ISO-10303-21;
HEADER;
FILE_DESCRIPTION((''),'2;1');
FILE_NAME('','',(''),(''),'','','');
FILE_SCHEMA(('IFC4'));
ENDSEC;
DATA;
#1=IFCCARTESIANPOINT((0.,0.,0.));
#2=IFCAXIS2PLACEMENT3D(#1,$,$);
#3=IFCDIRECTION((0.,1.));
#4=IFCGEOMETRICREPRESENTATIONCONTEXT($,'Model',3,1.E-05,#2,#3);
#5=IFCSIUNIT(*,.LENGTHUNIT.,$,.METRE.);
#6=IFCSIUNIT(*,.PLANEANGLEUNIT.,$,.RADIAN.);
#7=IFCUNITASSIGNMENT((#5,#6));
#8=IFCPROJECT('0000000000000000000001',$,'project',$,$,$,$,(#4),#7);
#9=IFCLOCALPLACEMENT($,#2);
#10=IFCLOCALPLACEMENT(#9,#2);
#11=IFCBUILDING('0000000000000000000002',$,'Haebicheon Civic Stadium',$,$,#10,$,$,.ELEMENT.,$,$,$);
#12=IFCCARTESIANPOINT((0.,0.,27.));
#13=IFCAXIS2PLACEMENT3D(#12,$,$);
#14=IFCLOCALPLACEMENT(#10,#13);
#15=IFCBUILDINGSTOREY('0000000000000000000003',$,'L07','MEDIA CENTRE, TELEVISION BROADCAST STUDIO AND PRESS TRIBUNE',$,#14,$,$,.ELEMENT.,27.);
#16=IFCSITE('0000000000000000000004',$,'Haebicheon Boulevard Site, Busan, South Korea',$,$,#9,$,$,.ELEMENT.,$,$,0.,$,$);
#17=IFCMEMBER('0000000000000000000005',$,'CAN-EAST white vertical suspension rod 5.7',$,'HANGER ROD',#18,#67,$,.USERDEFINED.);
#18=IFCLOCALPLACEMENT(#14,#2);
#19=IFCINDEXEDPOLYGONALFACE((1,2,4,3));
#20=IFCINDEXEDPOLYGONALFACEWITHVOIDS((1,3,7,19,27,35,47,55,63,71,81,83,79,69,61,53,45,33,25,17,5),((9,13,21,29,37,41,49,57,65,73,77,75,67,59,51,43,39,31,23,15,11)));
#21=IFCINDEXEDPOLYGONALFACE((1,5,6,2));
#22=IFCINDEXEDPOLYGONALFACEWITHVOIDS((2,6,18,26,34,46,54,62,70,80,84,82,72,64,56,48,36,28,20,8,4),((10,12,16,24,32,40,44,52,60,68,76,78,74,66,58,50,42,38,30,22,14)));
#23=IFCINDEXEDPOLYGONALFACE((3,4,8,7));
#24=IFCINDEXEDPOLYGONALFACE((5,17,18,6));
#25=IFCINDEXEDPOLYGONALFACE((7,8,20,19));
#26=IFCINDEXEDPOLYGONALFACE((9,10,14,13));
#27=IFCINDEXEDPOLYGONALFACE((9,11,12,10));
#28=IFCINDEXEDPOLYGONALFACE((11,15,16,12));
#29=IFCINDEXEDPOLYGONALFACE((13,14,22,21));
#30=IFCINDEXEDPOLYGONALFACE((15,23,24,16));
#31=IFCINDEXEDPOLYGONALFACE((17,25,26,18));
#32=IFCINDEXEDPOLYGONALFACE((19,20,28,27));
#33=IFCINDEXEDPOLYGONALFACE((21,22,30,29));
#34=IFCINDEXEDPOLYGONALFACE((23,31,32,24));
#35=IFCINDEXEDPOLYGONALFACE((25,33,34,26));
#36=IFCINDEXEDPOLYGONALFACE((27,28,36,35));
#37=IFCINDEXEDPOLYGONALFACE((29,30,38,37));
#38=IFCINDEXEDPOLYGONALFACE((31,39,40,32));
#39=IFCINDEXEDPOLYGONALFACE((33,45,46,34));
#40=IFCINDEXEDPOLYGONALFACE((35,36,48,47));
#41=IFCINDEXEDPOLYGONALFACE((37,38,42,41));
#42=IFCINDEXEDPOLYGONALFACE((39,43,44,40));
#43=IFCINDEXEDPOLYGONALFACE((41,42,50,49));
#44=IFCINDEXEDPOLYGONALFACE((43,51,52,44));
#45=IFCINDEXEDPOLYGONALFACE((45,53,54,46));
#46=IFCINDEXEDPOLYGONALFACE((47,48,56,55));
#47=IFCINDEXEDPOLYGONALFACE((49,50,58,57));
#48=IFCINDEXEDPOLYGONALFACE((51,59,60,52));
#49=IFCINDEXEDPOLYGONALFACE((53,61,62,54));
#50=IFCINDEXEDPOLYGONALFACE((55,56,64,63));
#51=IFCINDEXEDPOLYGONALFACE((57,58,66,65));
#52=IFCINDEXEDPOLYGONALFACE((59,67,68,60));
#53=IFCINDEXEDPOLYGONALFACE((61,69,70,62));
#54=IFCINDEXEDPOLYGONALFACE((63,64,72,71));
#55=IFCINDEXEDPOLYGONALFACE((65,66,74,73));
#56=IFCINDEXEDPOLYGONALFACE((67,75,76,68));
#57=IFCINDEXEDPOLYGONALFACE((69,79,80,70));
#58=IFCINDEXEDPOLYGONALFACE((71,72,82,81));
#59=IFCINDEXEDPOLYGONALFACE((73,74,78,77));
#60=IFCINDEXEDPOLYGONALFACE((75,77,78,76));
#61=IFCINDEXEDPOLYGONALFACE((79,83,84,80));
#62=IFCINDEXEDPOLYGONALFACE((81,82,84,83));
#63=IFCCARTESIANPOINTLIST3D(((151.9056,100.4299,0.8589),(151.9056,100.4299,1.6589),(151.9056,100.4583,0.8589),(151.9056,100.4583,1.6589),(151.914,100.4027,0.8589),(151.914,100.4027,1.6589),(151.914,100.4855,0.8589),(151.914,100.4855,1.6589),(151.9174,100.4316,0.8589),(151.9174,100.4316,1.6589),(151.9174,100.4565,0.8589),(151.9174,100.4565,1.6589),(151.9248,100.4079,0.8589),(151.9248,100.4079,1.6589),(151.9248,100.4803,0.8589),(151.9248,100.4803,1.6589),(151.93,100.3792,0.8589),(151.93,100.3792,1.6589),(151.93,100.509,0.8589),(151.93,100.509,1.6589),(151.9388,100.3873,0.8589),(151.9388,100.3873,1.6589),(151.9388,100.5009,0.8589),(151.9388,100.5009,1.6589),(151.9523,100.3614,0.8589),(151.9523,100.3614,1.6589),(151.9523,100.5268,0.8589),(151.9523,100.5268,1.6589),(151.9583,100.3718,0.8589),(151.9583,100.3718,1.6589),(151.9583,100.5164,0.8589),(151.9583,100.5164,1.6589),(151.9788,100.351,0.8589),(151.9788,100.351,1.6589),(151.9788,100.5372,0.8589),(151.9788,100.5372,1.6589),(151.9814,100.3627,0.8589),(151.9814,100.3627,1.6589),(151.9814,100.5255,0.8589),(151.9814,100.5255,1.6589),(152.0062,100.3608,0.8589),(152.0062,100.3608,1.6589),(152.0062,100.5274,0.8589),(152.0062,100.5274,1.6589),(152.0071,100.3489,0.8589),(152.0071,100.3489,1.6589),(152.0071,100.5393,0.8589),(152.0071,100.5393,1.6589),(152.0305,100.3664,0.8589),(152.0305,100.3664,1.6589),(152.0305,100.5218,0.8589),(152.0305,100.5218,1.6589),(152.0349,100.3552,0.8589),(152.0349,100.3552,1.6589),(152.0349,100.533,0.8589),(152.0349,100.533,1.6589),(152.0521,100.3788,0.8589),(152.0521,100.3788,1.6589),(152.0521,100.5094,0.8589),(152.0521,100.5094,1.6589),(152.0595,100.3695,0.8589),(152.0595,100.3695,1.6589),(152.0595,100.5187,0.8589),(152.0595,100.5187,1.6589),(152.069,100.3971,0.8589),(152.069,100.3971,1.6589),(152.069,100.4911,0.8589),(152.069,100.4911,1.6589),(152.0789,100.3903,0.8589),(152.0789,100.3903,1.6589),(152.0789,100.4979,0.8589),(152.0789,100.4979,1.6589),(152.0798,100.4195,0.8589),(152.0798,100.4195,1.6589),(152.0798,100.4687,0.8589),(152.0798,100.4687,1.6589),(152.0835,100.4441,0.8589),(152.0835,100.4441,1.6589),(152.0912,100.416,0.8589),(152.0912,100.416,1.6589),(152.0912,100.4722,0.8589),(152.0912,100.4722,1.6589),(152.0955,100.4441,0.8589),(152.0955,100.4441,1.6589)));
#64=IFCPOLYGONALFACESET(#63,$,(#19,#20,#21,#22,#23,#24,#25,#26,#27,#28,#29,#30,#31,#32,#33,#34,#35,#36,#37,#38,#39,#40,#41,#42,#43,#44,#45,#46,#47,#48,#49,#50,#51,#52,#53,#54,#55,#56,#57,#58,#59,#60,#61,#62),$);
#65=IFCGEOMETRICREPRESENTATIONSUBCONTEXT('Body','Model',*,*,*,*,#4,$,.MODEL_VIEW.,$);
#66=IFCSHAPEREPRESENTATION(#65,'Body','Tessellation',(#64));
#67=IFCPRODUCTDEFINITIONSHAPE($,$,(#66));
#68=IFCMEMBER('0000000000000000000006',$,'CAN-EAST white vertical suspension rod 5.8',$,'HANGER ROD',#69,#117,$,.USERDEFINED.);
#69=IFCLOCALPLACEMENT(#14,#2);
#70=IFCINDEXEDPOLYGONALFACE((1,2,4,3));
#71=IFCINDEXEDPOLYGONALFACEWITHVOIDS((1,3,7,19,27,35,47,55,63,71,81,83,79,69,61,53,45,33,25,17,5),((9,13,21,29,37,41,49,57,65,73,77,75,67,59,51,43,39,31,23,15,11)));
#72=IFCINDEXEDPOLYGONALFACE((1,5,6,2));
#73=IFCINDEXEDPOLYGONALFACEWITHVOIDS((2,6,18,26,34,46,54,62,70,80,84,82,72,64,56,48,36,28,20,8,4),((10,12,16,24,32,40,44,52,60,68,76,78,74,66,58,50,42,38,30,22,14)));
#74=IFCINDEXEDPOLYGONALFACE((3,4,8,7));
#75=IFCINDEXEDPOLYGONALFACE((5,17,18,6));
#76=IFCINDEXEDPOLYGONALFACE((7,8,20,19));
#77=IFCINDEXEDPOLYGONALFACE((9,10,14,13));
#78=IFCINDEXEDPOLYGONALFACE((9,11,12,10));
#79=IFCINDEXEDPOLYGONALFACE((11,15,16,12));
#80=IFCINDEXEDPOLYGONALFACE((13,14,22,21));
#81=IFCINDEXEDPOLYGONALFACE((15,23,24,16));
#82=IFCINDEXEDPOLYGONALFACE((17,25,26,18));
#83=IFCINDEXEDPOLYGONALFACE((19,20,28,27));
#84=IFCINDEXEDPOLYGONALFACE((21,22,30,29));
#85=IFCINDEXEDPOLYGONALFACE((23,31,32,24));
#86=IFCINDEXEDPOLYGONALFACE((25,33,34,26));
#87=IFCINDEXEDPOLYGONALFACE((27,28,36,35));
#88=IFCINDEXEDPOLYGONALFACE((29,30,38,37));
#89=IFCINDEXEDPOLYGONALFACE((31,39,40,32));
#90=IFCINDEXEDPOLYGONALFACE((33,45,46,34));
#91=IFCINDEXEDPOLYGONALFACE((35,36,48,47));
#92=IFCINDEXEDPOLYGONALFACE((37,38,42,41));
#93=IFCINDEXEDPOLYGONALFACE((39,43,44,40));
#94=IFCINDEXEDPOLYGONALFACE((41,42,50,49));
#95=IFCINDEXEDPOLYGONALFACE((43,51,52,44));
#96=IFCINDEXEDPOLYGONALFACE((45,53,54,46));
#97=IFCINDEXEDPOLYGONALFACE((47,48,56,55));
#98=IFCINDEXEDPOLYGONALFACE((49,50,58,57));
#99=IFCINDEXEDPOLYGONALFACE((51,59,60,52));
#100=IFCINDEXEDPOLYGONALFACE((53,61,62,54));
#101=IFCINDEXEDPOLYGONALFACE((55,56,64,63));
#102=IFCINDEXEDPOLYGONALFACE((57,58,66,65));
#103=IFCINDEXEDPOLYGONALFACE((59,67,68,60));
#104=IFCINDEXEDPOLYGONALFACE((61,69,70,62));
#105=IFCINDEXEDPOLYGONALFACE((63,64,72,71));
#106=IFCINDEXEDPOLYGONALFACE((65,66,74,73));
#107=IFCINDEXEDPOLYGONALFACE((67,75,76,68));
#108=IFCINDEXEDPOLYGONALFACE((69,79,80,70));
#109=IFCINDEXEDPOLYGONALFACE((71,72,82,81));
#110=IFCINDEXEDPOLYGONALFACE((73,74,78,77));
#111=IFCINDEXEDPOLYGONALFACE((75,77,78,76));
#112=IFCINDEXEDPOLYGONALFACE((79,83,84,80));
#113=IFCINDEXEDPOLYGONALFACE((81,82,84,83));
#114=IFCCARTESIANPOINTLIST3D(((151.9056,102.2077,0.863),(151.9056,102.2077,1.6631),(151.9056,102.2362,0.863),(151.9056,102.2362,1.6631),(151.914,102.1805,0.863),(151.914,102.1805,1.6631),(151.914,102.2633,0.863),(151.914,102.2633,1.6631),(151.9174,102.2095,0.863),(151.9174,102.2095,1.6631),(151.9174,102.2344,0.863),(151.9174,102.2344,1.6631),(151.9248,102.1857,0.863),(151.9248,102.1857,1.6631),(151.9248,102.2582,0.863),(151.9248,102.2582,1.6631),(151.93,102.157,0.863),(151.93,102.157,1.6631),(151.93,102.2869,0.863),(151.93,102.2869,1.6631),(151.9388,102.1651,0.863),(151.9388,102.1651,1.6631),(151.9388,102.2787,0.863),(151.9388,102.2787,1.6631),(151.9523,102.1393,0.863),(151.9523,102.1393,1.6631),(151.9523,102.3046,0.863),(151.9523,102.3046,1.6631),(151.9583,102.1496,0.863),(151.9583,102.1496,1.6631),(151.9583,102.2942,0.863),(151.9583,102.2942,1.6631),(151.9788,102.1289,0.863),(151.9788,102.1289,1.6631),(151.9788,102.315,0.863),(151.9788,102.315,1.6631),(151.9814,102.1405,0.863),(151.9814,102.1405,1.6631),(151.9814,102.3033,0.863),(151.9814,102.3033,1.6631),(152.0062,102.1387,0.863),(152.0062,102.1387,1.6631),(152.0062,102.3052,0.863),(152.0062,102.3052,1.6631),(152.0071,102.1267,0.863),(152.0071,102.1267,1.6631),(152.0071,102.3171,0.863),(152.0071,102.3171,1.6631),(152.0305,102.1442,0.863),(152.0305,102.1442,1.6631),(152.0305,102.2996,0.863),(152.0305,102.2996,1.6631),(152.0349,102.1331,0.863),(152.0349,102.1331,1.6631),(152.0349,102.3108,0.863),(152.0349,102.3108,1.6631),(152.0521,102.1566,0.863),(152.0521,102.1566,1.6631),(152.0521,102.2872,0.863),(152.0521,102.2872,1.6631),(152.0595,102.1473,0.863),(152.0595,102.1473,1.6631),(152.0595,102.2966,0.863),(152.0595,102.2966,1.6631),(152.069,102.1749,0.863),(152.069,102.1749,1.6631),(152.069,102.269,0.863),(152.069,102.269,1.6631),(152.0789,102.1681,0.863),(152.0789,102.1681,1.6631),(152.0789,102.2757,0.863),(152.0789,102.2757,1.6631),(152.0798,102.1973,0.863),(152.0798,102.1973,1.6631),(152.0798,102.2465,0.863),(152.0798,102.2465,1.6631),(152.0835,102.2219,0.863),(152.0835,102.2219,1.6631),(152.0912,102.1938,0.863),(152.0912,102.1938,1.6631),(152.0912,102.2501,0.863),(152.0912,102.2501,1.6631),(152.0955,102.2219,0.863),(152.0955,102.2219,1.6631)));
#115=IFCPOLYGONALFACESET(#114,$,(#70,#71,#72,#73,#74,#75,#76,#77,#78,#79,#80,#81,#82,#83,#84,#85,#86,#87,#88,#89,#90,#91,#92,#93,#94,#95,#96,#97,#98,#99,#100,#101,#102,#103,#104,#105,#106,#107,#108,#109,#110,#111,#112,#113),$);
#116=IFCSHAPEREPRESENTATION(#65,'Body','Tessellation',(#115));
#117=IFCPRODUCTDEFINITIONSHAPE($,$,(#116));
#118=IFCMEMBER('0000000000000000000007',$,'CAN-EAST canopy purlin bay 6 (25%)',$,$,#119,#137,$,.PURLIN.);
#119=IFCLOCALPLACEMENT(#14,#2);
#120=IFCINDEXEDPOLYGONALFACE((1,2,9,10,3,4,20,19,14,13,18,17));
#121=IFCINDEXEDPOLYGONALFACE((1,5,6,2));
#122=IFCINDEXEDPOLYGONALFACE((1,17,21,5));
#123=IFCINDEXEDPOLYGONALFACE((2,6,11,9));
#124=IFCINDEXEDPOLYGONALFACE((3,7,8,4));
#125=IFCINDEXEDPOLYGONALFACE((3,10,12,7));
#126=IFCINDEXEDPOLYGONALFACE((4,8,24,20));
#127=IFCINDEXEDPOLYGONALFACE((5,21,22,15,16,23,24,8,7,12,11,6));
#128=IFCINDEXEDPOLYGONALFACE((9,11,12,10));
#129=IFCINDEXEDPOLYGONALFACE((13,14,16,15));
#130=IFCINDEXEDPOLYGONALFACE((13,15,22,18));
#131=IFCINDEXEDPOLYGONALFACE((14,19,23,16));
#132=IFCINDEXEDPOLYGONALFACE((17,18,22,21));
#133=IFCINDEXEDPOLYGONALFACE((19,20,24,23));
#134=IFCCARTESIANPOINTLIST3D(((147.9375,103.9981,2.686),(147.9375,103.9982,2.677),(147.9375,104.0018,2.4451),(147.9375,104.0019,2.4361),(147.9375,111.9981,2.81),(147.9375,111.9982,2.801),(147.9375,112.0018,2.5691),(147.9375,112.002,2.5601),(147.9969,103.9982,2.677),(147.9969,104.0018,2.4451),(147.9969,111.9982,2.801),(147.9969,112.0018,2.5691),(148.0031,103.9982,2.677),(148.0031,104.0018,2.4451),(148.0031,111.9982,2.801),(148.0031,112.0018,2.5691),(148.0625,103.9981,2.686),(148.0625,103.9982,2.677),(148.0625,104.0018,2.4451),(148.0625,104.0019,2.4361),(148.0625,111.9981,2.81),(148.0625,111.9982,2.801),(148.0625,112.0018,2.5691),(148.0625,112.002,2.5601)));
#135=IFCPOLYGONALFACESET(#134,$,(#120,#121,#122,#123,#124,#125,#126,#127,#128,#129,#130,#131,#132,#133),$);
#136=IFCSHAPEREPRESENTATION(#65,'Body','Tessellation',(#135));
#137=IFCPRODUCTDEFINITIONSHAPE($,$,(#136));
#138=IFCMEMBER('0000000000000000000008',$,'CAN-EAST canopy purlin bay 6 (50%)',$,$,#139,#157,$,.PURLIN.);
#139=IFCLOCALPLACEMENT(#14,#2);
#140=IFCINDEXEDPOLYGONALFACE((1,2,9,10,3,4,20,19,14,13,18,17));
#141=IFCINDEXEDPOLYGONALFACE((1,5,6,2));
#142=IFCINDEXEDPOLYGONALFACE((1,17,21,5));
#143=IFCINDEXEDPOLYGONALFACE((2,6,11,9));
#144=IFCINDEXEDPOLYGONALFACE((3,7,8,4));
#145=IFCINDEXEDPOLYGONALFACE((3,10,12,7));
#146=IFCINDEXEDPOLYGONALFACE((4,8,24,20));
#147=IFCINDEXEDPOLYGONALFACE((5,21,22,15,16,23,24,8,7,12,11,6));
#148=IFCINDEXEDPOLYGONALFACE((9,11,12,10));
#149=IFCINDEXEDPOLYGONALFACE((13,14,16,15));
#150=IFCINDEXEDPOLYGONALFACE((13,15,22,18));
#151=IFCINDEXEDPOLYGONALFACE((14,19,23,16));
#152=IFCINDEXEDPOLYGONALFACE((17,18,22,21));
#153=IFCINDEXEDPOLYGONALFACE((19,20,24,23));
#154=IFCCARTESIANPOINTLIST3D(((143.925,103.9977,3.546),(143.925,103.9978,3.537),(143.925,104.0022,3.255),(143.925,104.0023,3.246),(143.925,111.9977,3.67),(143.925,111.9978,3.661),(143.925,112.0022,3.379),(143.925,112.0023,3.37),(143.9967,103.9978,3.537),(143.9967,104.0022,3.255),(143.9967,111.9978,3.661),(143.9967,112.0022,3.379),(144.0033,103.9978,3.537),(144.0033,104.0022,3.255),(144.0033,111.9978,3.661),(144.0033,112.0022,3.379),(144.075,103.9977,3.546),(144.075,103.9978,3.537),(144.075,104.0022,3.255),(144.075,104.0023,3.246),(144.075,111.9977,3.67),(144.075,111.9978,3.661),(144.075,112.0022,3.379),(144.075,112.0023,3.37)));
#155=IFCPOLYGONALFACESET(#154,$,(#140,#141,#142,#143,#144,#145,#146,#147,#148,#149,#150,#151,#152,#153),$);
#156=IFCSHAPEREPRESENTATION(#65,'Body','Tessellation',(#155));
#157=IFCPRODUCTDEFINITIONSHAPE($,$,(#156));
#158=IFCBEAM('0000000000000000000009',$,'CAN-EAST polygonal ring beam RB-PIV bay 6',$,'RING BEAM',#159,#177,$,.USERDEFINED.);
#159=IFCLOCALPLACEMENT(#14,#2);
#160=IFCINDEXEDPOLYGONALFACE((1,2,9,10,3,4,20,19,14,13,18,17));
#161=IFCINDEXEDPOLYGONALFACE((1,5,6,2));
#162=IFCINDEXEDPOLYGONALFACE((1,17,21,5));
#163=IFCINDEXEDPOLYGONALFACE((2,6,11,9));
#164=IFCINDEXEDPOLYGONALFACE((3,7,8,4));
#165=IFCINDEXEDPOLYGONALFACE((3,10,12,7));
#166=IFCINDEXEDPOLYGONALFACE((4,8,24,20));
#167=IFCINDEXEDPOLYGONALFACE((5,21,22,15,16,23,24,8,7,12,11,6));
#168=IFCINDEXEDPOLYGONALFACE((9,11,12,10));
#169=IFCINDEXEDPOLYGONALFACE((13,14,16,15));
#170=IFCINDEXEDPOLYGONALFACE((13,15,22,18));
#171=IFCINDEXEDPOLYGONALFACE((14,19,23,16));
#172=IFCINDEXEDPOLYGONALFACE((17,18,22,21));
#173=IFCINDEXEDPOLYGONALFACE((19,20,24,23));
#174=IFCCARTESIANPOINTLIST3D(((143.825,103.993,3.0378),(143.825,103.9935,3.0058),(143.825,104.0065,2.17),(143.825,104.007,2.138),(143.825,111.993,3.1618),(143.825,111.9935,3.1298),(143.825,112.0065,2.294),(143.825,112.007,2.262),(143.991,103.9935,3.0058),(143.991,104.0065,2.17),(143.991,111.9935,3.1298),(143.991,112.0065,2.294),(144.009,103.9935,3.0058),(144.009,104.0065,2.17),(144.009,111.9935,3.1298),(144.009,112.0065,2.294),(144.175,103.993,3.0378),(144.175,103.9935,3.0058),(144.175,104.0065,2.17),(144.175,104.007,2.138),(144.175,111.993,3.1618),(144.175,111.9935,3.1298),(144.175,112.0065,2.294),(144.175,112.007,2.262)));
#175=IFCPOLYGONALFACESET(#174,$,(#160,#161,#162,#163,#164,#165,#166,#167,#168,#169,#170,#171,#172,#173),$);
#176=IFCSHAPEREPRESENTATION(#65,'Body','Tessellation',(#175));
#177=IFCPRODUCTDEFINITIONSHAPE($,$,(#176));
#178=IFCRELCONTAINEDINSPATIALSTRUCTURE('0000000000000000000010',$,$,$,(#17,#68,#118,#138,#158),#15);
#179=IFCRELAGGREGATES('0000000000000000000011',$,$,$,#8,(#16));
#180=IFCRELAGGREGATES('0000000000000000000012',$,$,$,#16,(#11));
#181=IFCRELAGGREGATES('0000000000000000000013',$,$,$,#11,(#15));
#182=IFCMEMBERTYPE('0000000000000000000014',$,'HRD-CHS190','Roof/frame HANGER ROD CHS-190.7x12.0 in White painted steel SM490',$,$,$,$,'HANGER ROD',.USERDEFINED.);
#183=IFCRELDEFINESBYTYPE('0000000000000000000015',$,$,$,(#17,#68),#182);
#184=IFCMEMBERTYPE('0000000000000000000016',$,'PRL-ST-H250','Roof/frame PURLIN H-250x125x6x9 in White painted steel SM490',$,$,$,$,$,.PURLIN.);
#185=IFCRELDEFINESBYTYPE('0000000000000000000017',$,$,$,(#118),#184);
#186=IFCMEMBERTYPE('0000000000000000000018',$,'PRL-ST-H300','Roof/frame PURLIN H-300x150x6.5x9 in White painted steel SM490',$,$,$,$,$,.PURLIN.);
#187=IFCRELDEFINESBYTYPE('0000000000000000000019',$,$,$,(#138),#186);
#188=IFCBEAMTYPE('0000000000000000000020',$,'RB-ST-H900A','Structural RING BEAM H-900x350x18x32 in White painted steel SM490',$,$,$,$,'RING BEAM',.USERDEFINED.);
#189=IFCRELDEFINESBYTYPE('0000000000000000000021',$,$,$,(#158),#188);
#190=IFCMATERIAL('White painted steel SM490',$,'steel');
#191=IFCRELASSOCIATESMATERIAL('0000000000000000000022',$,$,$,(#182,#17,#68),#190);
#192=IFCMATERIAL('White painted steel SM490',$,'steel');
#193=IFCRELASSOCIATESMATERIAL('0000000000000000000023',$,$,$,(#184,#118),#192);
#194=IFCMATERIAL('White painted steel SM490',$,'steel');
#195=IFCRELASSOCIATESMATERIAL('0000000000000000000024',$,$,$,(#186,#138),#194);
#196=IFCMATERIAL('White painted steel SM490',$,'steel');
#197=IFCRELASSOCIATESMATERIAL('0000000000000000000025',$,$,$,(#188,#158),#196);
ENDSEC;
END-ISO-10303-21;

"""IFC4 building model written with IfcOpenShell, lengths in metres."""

from ifc_helpers import new_model, si_unit, direction, frame, origin, origin_2d, place, context, subcontext, project, spatial, hollow_circle, i_section, extrude, material, material_profile, profile_set, type_object, element, save


model = new_model("IFC4")

# Units and contexts
model_context = context("Model", 3, precision=1e-05, world=origin(), true_north=direction((0.0, 1.0)))
body_context = subcontext(model_context, "Body", "Model", "MODEL_VIEW")
ifc_project = project(units=[si_unit("LENGTHUNIT", "METRE"), si_unit("PLANEANGLEUNIT", "RADIAN")], contexts=[model_context])

# Site, building, storey
site_placement = place(None, origin())
site = spatial("IfcSite", under=ifc_project, at=site_placement, Name="Haebicheon Boulevard Site, Busan, South Korea", CompositionType="ELEMENT", RefElevation=0.0)
building_placement = place(site_placement, origin())
building = spatial("IfcBuilding", under=site, at=building_placement, Name="Haebicheon Civic Stadium", CompositionType="ELEMENT")
storey_placement = place(building_placement, frame((0.0, 0.0, 27.0)))
storey = spatial("IfcBuildingStorey", under=building, at=storey_placement, Name="L07", Description="MEDIA CENTRE, TELEVISION BROADCAST STUDIO AND PRESS TRIBUNE", CompositionType="ELEMENT", Elevation=27.0)

# Members
ifc_material_1 = material(Name="White painted steel SM490", Category="steel")
ifc_material_profile_1 = material_profile(ifc_material_1, hollow_circle(Radius=0.0955, WallThickness=0.012, at=origin_2d()), Name="CHS-190.7x12.0")
ifc_profile_set_1 = profile_set([ifc_material_profile_1], Name="White painted steel SM490")
member_type_1 = type_object("IfcMemberType", Name="HRD-CHS190", Description="Roof/frame HANGER ROD CHS-190.7x12.0 in White painted steel SM490", ElementType="HANGER ROD", PredefinedType="USERDEFINED", material=ifc_profile_set_1)
for number, where, z_axis, x_axis, name in (
    (1, (152.0, 100.4441, 0.8589), (0.0, 0.0, 1.0), (1.0, 0.0, 0.0), "CAN-EAST white vertical suspension rod 5.7"),
    (2, (152.0, 102.2219, 0.863), (0.0, 0.0, 1.0), (1.0, 0.0, 0.0), "CAN-EAST white vertical suspension rod 5.8"),
):
    element("IfcMember", number, at=place(storey_placement, frame(where, z_axis=z_axis, x_axis=x_axis)), inside=storey, type_object=member_type_1, material=ifc_profile_set_1, Name=name, ObjectType="HANGER ROD", PredefinedType="USERDEFINED", context=body_context, shape_type="SweptSolid", body=[
        extrude(hollow_circle(Radius=0.0955, WallThickness=0.012, at=origin_2d()), origin(), (0.0, 0.0, 1.0), 0.8),
    ])
ifc_material_2 = material(Name="White painted steel SM490", Category="steel")
ifc_material_profile_2 = material_profile(ifc_material_2, i_section(OverallWidth=0.125, OverallDepth=0.25, WebThickness=0.0061, FlangeThickness=0.009, at=origin_2d()), Name="H-250x125x6x9")
ifc_profile_set_2 = profile_set([ifc_material_profile_2], Name="White painted steel SM490")
member_type_2 = type_object("IfcMemberType", Name="PRL-ST-H250", Description="Roof/frame PURLIN H-250x125x6x9 in White painted steel SM490", PredefinedType="PURLIN", material=ifc_profile_set_2)
member_1_placement = place(storey_placement, frame((148.0, 104.0, 2.561), z_axis=(0.0, 0.99988, 0.015501), x_axis=(-1.0, 0.0, 0.0)))
element("IfcMember", 3, at=member_1_placement, inside=storey, type_object=member_type_2, material=ifc_profile_set_2, Name="CAN-EAST canopy purlin bay 6 (25%)", PredefinedType="PURLIN", context=body_context, shape_type="SweptSolid", body=[
    extrude(i_section(OverallWidth=0.125, OverallDepth=0.25, WebThickness=0.0061, FlangeThickness=0.009, at=origin_2d()), origin(), (0.0, 0.0, 1.0), 8.001),
])
ifc_material_3 = material(Name="White painted steel SM490", Category="steel")
ifc_material_profile_3 = material_profile(ifc_material_3, i_section(OverallWidth=0.1499, OverallDepth=0.3, WebThickness=0.0066, FlangeThickness=0.009, at=origin_2d()), Name="H-300x150x6.5x9")
ifc_profile_set_3 = profile_set([ifc_material_profile_3], Name="White painted steel SM490")
member_type_3 = type_object("IfcMemberType", Name="PRL-ST-H300", Description="Roof/frame PURLIN H-300x150x6.5x9 in White painted steel SM490", PredefinedType="PURLIN", material=ifc_profile_set_3)
member_2_placement = place(storey_placement, frame((144.0, 104.0, 3.396), z_axis=(0.0, 0.99988, 0.015501), x_axis=(-1.0, 0.0, 0.0)))
element("IfcMember", 4, at=member_2_placement, inside=storey, type_object=member_type_3, material=ifc_profile_set_3, Name="CAN-EAST canopy purlin bay 6 (50%)", PredefinedType="PURLIN", context=body_context, shape_type="SweptSolid", body=[
    extrude(i_section(OverallWidth=0.1499, OverallDepth=0.3, WebThickness=0.0066, FlangeThickness=0.009, at=origin_2d()), origin(), (0.0, 0.0, 1.0), 8.001),
])

# Beam
ifc_material_4 = material(Name="White painted steel SM490", Category="steel")
ifc_material_profile_4 = material_profile(ifc_material_4, i_section(OverallWidth=0.3501, OverallDepth=0.8999, WebThickness=0.0181, FlangeThickness=0.032, at=origin_2d()), Name="H-900x350x18x32")
ifc_profile_set_4 = profile_set([ifc_material_profile_4], Name="White painted steel SM490")
beam_type = type_object("IfcBeamType", Name="RB-ST-H900A", Description="Structural RING BEAM H-900x350x18x32 in White painted steel SM490", ElementType="RING BEAM", PredefinedType="USERDEFINED", material=ifc_profile_set_4)
beam_placement = place(storey_placement, frame((144.0, 104.0, 2.5879), z_axis=(0.0, 0.99988, 0.015501), x_axis=(-1.0, 0.0, 0.0)))
element("IfcBeam", 5, at=beam_placement, inside=storey, type_object=beam_type, material=ifc_profile_set_4, Name="CAN-EAST polygonal ring beam RB-PIV bay 6", ObjectType="RING BEAM", PredefinedType="USERDEFINED", context=body_context, shape_type="SweptSolid", body=[
    extrude(i_section(OverallWidth=0.3501, OverallDepth=0.8999, WebThickness=0.0181, FlangeThickness=0.032, at=origin_2d()), origin(), (0.0, 0.0, 1.0), 8.001),
])

save(model, "model.ifc")
